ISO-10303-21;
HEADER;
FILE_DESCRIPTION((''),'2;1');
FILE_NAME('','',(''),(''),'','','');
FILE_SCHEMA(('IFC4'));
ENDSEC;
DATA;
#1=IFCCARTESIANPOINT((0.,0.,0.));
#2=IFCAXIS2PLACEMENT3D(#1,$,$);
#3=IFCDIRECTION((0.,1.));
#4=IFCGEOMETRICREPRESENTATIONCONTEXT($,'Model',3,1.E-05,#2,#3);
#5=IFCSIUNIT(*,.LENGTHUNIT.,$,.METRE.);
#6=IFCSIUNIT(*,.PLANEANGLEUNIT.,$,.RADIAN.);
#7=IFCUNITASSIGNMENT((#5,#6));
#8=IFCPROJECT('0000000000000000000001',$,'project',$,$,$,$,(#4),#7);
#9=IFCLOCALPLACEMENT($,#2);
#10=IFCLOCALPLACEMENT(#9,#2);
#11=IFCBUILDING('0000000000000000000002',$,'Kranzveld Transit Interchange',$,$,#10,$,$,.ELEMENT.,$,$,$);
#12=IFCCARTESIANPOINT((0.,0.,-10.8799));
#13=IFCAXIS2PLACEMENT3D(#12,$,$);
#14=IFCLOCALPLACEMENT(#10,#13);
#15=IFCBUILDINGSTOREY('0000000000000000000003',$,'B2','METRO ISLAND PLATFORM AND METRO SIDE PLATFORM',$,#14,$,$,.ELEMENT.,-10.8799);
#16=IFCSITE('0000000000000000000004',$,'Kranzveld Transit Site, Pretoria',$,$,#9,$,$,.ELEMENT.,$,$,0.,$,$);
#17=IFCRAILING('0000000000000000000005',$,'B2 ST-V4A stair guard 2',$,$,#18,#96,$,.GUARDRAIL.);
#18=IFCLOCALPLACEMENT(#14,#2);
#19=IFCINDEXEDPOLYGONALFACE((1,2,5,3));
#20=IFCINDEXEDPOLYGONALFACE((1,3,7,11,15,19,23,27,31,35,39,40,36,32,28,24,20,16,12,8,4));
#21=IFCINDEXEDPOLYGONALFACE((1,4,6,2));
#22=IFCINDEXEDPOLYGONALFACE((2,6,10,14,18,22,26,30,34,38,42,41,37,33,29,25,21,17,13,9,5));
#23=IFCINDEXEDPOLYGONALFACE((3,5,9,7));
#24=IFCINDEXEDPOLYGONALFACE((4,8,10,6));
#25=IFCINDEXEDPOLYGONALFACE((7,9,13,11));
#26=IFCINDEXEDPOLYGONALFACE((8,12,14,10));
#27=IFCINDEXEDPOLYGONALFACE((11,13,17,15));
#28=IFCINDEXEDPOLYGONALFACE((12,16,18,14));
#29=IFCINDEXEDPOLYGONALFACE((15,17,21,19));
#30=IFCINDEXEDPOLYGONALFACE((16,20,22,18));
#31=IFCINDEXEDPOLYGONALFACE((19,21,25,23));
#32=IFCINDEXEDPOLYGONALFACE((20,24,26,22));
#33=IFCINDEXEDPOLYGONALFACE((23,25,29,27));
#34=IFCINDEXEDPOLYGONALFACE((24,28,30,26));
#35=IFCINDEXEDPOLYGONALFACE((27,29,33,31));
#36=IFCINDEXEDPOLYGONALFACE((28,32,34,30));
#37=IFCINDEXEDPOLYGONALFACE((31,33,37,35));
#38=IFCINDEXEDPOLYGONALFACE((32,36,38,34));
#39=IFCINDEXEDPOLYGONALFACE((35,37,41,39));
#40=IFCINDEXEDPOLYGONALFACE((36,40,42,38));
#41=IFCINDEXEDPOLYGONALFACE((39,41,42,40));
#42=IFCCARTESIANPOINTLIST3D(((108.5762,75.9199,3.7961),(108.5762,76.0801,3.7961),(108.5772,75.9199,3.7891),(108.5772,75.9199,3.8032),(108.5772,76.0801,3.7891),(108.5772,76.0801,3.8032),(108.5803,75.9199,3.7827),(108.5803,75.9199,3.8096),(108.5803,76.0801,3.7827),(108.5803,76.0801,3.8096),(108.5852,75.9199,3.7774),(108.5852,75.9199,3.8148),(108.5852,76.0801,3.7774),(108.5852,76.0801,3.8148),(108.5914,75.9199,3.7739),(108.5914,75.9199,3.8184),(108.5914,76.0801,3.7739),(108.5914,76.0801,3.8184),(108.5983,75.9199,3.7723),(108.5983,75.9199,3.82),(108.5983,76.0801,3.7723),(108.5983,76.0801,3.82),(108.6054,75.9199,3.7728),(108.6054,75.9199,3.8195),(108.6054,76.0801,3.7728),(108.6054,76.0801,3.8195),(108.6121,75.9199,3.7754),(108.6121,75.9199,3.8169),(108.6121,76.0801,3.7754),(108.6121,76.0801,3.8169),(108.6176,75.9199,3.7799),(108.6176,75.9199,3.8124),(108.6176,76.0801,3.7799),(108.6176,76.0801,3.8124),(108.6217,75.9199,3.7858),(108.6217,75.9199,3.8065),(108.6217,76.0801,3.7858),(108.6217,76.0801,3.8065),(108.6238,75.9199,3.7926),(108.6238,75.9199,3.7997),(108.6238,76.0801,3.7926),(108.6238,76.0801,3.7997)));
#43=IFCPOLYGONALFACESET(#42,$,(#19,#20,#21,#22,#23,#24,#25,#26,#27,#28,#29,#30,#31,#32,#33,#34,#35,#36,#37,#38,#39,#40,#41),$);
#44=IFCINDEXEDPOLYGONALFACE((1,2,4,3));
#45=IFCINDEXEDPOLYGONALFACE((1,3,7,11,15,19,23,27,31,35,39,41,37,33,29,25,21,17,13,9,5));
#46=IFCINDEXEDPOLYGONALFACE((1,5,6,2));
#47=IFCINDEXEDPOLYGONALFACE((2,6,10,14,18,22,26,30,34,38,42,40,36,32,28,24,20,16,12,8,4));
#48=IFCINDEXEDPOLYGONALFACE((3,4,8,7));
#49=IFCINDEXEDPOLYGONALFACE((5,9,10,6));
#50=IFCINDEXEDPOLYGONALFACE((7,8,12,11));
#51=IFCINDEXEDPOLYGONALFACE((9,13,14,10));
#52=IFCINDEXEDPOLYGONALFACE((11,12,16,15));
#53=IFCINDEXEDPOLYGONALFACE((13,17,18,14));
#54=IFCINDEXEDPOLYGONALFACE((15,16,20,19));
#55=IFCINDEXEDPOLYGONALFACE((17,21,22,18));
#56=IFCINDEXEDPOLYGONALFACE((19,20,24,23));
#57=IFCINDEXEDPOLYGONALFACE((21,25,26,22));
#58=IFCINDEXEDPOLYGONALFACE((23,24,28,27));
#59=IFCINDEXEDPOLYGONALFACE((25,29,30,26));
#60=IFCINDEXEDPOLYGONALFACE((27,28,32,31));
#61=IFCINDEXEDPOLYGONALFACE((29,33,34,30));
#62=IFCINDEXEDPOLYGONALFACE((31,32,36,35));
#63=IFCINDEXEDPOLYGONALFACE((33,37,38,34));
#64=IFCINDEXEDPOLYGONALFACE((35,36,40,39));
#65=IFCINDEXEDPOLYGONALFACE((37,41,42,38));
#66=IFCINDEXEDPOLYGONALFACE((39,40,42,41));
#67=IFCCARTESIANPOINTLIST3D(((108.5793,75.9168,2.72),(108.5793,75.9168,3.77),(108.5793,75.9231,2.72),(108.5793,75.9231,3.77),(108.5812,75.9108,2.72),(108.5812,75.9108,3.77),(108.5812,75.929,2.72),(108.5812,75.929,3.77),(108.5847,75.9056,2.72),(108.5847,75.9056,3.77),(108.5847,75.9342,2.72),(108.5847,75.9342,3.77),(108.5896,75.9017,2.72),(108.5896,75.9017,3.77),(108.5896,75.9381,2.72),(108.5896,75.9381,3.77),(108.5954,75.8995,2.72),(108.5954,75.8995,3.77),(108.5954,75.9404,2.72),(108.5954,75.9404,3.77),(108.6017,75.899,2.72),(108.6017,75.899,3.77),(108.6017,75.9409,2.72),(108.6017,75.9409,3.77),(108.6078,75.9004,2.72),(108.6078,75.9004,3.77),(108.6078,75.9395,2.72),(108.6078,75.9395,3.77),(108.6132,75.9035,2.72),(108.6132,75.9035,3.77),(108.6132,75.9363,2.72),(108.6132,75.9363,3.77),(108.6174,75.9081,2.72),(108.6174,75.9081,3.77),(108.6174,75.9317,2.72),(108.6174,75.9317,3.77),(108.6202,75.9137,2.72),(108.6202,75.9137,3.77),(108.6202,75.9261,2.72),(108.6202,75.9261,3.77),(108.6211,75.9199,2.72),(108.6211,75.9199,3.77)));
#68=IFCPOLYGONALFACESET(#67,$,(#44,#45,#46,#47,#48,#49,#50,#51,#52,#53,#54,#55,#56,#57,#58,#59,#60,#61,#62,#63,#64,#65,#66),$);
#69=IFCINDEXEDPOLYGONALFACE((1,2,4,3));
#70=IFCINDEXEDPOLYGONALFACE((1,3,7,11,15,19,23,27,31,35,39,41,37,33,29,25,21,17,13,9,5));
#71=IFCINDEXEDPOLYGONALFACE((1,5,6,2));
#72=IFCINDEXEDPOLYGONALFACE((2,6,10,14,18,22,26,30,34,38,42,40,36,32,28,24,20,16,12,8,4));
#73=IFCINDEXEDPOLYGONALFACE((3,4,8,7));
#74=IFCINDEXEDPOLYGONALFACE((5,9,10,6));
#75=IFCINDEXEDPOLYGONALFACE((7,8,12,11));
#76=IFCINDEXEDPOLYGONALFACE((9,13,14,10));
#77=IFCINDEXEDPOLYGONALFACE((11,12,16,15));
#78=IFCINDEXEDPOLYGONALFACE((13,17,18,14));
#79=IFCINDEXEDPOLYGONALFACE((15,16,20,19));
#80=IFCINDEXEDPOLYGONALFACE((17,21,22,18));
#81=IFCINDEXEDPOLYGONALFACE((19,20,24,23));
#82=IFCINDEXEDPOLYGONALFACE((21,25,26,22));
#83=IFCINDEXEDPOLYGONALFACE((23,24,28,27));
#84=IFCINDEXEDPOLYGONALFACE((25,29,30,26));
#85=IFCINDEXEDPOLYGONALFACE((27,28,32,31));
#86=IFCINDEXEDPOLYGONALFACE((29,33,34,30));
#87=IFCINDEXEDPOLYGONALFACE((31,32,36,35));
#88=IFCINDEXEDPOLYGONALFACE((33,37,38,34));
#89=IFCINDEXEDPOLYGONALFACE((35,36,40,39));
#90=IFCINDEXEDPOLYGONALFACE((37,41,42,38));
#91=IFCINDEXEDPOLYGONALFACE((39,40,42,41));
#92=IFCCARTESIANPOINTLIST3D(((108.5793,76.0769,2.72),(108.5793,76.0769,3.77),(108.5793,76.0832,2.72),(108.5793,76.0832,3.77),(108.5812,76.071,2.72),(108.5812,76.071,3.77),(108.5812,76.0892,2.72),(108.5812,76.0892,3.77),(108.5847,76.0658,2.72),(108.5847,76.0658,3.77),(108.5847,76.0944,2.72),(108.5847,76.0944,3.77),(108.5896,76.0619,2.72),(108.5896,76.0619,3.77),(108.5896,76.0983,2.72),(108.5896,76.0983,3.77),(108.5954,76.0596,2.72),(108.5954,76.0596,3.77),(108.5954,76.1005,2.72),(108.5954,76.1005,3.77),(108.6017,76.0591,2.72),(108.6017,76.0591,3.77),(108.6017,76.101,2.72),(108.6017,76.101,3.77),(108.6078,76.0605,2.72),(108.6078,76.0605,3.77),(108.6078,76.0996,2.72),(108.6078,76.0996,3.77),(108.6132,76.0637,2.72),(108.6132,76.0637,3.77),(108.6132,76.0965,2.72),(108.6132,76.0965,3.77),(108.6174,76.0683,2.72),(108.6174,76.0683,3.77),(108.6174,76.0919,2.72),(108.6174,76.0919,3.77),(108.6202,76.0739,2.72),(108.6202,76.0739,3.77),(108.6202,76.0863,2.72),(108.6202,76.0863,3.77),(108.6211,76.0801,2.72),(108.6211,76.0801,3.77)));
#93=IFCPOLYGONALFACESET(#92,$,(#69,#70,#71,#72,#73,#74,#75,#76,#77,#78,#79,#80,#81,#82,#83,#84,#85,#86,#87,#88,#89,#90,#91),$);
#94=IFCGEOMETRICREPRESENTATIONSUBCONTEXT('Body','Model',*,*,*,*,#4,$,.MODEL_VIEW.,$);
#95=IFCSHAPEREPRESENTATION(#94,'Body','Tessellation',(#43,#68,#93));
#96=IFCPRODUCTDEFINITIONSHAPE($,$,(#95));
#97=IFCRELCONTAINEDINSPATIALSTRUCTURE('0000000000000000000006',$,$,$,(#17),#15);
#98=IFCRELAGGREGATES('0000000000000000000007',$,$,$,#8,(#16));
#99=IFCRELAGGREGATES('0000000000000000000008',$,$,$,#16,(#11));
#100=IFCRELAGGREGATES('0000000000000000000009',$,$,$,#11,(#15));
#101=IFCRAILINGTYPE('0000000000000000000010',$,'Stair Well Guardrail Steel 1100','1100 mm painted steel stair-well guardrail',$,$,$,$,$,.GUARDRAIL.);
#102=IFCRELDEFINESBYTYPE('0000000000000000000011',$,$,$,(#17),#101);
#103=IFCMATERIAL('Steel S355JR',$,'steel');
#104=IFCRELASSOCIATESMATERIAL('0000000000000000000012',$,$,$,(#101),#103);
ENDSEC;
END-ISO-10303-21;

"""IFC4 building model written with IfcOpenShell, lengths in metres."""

from ifc_helpers import new_model, si_unit, direction, frame, origin, origin_2d, place, context, subcontext, project, spatial, circle, extrude, material, type_object, element, save


model = new_model("IFC4")

# Units and contexts
model_context = context("Model", 3, precision=1e-05, world=origin(), true_north=direction((0.0, 1.0)))
body_context = subcontext(model_context, "Body", "Model", "MODEL_VIEW")
ifc_project = project(units=[si_unit("LENGTHUNIT", "METRE"), si_unit("PLANEANGLEUNIT", "RADIAN")], contexts=[model_context])

# Site, building, storey
site_placement = place(None, origin())
site = spatial("IfcSite", under=ifc_project, at=site_placement, Name="Kranzveld Transit Site, Pretoria", CompositionType="ELEMENT", RefElevation=0.0)
building_placement = place(site_placement, origin())
building = spatial("IfcBuilding", under=site, at=building_placement, Name="Kranzveld Transit Interchange", CompositionType="ELEMENT")
storey_placement = place(building_placement, frame((0.0, 0.0, -10.8799)))
storey = spatial("IfcBuildingStorey", under=building, at=storey_placement, Name="B2", Description="METRO ISLAND PLATFORM AND METRO SIDE PLATFORM", CompositionType="ELEMENT", Elevation=-10.8799)

# Railing
ifc_material_1 = material(Name="Steel S355JR", Category="steel")
railing_type_1 = type_object("IfcRailingType", Name="Stair Well Guardrail Steel 1100", Description="1100 mm painted steel stair-well guardrail", PredefinedType="GUARDRAIL", material=ifc_material_1)
railing_1_placement = place(storey_placement, frame((108.6001, 75.9199, 2.72)))
element("IfcRailing", 1, at=railing_1_placement, inside=storey, type_object=railing_type_1, Name="B2 ST-V4A stair guard 2", PredefinedType="GUARDRAIL", context=body_context, shape_type="SweptSolid", body=[
    extrude(circle(Radius=0.0239, at=origin_2d()), frame((0.0, 0.0, 1.0762), z_axis=(0.0, 1.0, 0.0), x_axis=(-1.0, 0.0, 0.0)), (0.0, 0.0, 1.0), 0.1602),
    extrude(circle(Radius=0.021, at=origin_2d()), origin(), (0.0, 0.0, 1.0), 1.05),
    extrude(circle(Radius=0.021, at=origin_2d()), frame((0.0, 0.1602, 0.0)), (0.0, 0.0, 1.0), 1.05),
])

save(model, "model.ifc")
